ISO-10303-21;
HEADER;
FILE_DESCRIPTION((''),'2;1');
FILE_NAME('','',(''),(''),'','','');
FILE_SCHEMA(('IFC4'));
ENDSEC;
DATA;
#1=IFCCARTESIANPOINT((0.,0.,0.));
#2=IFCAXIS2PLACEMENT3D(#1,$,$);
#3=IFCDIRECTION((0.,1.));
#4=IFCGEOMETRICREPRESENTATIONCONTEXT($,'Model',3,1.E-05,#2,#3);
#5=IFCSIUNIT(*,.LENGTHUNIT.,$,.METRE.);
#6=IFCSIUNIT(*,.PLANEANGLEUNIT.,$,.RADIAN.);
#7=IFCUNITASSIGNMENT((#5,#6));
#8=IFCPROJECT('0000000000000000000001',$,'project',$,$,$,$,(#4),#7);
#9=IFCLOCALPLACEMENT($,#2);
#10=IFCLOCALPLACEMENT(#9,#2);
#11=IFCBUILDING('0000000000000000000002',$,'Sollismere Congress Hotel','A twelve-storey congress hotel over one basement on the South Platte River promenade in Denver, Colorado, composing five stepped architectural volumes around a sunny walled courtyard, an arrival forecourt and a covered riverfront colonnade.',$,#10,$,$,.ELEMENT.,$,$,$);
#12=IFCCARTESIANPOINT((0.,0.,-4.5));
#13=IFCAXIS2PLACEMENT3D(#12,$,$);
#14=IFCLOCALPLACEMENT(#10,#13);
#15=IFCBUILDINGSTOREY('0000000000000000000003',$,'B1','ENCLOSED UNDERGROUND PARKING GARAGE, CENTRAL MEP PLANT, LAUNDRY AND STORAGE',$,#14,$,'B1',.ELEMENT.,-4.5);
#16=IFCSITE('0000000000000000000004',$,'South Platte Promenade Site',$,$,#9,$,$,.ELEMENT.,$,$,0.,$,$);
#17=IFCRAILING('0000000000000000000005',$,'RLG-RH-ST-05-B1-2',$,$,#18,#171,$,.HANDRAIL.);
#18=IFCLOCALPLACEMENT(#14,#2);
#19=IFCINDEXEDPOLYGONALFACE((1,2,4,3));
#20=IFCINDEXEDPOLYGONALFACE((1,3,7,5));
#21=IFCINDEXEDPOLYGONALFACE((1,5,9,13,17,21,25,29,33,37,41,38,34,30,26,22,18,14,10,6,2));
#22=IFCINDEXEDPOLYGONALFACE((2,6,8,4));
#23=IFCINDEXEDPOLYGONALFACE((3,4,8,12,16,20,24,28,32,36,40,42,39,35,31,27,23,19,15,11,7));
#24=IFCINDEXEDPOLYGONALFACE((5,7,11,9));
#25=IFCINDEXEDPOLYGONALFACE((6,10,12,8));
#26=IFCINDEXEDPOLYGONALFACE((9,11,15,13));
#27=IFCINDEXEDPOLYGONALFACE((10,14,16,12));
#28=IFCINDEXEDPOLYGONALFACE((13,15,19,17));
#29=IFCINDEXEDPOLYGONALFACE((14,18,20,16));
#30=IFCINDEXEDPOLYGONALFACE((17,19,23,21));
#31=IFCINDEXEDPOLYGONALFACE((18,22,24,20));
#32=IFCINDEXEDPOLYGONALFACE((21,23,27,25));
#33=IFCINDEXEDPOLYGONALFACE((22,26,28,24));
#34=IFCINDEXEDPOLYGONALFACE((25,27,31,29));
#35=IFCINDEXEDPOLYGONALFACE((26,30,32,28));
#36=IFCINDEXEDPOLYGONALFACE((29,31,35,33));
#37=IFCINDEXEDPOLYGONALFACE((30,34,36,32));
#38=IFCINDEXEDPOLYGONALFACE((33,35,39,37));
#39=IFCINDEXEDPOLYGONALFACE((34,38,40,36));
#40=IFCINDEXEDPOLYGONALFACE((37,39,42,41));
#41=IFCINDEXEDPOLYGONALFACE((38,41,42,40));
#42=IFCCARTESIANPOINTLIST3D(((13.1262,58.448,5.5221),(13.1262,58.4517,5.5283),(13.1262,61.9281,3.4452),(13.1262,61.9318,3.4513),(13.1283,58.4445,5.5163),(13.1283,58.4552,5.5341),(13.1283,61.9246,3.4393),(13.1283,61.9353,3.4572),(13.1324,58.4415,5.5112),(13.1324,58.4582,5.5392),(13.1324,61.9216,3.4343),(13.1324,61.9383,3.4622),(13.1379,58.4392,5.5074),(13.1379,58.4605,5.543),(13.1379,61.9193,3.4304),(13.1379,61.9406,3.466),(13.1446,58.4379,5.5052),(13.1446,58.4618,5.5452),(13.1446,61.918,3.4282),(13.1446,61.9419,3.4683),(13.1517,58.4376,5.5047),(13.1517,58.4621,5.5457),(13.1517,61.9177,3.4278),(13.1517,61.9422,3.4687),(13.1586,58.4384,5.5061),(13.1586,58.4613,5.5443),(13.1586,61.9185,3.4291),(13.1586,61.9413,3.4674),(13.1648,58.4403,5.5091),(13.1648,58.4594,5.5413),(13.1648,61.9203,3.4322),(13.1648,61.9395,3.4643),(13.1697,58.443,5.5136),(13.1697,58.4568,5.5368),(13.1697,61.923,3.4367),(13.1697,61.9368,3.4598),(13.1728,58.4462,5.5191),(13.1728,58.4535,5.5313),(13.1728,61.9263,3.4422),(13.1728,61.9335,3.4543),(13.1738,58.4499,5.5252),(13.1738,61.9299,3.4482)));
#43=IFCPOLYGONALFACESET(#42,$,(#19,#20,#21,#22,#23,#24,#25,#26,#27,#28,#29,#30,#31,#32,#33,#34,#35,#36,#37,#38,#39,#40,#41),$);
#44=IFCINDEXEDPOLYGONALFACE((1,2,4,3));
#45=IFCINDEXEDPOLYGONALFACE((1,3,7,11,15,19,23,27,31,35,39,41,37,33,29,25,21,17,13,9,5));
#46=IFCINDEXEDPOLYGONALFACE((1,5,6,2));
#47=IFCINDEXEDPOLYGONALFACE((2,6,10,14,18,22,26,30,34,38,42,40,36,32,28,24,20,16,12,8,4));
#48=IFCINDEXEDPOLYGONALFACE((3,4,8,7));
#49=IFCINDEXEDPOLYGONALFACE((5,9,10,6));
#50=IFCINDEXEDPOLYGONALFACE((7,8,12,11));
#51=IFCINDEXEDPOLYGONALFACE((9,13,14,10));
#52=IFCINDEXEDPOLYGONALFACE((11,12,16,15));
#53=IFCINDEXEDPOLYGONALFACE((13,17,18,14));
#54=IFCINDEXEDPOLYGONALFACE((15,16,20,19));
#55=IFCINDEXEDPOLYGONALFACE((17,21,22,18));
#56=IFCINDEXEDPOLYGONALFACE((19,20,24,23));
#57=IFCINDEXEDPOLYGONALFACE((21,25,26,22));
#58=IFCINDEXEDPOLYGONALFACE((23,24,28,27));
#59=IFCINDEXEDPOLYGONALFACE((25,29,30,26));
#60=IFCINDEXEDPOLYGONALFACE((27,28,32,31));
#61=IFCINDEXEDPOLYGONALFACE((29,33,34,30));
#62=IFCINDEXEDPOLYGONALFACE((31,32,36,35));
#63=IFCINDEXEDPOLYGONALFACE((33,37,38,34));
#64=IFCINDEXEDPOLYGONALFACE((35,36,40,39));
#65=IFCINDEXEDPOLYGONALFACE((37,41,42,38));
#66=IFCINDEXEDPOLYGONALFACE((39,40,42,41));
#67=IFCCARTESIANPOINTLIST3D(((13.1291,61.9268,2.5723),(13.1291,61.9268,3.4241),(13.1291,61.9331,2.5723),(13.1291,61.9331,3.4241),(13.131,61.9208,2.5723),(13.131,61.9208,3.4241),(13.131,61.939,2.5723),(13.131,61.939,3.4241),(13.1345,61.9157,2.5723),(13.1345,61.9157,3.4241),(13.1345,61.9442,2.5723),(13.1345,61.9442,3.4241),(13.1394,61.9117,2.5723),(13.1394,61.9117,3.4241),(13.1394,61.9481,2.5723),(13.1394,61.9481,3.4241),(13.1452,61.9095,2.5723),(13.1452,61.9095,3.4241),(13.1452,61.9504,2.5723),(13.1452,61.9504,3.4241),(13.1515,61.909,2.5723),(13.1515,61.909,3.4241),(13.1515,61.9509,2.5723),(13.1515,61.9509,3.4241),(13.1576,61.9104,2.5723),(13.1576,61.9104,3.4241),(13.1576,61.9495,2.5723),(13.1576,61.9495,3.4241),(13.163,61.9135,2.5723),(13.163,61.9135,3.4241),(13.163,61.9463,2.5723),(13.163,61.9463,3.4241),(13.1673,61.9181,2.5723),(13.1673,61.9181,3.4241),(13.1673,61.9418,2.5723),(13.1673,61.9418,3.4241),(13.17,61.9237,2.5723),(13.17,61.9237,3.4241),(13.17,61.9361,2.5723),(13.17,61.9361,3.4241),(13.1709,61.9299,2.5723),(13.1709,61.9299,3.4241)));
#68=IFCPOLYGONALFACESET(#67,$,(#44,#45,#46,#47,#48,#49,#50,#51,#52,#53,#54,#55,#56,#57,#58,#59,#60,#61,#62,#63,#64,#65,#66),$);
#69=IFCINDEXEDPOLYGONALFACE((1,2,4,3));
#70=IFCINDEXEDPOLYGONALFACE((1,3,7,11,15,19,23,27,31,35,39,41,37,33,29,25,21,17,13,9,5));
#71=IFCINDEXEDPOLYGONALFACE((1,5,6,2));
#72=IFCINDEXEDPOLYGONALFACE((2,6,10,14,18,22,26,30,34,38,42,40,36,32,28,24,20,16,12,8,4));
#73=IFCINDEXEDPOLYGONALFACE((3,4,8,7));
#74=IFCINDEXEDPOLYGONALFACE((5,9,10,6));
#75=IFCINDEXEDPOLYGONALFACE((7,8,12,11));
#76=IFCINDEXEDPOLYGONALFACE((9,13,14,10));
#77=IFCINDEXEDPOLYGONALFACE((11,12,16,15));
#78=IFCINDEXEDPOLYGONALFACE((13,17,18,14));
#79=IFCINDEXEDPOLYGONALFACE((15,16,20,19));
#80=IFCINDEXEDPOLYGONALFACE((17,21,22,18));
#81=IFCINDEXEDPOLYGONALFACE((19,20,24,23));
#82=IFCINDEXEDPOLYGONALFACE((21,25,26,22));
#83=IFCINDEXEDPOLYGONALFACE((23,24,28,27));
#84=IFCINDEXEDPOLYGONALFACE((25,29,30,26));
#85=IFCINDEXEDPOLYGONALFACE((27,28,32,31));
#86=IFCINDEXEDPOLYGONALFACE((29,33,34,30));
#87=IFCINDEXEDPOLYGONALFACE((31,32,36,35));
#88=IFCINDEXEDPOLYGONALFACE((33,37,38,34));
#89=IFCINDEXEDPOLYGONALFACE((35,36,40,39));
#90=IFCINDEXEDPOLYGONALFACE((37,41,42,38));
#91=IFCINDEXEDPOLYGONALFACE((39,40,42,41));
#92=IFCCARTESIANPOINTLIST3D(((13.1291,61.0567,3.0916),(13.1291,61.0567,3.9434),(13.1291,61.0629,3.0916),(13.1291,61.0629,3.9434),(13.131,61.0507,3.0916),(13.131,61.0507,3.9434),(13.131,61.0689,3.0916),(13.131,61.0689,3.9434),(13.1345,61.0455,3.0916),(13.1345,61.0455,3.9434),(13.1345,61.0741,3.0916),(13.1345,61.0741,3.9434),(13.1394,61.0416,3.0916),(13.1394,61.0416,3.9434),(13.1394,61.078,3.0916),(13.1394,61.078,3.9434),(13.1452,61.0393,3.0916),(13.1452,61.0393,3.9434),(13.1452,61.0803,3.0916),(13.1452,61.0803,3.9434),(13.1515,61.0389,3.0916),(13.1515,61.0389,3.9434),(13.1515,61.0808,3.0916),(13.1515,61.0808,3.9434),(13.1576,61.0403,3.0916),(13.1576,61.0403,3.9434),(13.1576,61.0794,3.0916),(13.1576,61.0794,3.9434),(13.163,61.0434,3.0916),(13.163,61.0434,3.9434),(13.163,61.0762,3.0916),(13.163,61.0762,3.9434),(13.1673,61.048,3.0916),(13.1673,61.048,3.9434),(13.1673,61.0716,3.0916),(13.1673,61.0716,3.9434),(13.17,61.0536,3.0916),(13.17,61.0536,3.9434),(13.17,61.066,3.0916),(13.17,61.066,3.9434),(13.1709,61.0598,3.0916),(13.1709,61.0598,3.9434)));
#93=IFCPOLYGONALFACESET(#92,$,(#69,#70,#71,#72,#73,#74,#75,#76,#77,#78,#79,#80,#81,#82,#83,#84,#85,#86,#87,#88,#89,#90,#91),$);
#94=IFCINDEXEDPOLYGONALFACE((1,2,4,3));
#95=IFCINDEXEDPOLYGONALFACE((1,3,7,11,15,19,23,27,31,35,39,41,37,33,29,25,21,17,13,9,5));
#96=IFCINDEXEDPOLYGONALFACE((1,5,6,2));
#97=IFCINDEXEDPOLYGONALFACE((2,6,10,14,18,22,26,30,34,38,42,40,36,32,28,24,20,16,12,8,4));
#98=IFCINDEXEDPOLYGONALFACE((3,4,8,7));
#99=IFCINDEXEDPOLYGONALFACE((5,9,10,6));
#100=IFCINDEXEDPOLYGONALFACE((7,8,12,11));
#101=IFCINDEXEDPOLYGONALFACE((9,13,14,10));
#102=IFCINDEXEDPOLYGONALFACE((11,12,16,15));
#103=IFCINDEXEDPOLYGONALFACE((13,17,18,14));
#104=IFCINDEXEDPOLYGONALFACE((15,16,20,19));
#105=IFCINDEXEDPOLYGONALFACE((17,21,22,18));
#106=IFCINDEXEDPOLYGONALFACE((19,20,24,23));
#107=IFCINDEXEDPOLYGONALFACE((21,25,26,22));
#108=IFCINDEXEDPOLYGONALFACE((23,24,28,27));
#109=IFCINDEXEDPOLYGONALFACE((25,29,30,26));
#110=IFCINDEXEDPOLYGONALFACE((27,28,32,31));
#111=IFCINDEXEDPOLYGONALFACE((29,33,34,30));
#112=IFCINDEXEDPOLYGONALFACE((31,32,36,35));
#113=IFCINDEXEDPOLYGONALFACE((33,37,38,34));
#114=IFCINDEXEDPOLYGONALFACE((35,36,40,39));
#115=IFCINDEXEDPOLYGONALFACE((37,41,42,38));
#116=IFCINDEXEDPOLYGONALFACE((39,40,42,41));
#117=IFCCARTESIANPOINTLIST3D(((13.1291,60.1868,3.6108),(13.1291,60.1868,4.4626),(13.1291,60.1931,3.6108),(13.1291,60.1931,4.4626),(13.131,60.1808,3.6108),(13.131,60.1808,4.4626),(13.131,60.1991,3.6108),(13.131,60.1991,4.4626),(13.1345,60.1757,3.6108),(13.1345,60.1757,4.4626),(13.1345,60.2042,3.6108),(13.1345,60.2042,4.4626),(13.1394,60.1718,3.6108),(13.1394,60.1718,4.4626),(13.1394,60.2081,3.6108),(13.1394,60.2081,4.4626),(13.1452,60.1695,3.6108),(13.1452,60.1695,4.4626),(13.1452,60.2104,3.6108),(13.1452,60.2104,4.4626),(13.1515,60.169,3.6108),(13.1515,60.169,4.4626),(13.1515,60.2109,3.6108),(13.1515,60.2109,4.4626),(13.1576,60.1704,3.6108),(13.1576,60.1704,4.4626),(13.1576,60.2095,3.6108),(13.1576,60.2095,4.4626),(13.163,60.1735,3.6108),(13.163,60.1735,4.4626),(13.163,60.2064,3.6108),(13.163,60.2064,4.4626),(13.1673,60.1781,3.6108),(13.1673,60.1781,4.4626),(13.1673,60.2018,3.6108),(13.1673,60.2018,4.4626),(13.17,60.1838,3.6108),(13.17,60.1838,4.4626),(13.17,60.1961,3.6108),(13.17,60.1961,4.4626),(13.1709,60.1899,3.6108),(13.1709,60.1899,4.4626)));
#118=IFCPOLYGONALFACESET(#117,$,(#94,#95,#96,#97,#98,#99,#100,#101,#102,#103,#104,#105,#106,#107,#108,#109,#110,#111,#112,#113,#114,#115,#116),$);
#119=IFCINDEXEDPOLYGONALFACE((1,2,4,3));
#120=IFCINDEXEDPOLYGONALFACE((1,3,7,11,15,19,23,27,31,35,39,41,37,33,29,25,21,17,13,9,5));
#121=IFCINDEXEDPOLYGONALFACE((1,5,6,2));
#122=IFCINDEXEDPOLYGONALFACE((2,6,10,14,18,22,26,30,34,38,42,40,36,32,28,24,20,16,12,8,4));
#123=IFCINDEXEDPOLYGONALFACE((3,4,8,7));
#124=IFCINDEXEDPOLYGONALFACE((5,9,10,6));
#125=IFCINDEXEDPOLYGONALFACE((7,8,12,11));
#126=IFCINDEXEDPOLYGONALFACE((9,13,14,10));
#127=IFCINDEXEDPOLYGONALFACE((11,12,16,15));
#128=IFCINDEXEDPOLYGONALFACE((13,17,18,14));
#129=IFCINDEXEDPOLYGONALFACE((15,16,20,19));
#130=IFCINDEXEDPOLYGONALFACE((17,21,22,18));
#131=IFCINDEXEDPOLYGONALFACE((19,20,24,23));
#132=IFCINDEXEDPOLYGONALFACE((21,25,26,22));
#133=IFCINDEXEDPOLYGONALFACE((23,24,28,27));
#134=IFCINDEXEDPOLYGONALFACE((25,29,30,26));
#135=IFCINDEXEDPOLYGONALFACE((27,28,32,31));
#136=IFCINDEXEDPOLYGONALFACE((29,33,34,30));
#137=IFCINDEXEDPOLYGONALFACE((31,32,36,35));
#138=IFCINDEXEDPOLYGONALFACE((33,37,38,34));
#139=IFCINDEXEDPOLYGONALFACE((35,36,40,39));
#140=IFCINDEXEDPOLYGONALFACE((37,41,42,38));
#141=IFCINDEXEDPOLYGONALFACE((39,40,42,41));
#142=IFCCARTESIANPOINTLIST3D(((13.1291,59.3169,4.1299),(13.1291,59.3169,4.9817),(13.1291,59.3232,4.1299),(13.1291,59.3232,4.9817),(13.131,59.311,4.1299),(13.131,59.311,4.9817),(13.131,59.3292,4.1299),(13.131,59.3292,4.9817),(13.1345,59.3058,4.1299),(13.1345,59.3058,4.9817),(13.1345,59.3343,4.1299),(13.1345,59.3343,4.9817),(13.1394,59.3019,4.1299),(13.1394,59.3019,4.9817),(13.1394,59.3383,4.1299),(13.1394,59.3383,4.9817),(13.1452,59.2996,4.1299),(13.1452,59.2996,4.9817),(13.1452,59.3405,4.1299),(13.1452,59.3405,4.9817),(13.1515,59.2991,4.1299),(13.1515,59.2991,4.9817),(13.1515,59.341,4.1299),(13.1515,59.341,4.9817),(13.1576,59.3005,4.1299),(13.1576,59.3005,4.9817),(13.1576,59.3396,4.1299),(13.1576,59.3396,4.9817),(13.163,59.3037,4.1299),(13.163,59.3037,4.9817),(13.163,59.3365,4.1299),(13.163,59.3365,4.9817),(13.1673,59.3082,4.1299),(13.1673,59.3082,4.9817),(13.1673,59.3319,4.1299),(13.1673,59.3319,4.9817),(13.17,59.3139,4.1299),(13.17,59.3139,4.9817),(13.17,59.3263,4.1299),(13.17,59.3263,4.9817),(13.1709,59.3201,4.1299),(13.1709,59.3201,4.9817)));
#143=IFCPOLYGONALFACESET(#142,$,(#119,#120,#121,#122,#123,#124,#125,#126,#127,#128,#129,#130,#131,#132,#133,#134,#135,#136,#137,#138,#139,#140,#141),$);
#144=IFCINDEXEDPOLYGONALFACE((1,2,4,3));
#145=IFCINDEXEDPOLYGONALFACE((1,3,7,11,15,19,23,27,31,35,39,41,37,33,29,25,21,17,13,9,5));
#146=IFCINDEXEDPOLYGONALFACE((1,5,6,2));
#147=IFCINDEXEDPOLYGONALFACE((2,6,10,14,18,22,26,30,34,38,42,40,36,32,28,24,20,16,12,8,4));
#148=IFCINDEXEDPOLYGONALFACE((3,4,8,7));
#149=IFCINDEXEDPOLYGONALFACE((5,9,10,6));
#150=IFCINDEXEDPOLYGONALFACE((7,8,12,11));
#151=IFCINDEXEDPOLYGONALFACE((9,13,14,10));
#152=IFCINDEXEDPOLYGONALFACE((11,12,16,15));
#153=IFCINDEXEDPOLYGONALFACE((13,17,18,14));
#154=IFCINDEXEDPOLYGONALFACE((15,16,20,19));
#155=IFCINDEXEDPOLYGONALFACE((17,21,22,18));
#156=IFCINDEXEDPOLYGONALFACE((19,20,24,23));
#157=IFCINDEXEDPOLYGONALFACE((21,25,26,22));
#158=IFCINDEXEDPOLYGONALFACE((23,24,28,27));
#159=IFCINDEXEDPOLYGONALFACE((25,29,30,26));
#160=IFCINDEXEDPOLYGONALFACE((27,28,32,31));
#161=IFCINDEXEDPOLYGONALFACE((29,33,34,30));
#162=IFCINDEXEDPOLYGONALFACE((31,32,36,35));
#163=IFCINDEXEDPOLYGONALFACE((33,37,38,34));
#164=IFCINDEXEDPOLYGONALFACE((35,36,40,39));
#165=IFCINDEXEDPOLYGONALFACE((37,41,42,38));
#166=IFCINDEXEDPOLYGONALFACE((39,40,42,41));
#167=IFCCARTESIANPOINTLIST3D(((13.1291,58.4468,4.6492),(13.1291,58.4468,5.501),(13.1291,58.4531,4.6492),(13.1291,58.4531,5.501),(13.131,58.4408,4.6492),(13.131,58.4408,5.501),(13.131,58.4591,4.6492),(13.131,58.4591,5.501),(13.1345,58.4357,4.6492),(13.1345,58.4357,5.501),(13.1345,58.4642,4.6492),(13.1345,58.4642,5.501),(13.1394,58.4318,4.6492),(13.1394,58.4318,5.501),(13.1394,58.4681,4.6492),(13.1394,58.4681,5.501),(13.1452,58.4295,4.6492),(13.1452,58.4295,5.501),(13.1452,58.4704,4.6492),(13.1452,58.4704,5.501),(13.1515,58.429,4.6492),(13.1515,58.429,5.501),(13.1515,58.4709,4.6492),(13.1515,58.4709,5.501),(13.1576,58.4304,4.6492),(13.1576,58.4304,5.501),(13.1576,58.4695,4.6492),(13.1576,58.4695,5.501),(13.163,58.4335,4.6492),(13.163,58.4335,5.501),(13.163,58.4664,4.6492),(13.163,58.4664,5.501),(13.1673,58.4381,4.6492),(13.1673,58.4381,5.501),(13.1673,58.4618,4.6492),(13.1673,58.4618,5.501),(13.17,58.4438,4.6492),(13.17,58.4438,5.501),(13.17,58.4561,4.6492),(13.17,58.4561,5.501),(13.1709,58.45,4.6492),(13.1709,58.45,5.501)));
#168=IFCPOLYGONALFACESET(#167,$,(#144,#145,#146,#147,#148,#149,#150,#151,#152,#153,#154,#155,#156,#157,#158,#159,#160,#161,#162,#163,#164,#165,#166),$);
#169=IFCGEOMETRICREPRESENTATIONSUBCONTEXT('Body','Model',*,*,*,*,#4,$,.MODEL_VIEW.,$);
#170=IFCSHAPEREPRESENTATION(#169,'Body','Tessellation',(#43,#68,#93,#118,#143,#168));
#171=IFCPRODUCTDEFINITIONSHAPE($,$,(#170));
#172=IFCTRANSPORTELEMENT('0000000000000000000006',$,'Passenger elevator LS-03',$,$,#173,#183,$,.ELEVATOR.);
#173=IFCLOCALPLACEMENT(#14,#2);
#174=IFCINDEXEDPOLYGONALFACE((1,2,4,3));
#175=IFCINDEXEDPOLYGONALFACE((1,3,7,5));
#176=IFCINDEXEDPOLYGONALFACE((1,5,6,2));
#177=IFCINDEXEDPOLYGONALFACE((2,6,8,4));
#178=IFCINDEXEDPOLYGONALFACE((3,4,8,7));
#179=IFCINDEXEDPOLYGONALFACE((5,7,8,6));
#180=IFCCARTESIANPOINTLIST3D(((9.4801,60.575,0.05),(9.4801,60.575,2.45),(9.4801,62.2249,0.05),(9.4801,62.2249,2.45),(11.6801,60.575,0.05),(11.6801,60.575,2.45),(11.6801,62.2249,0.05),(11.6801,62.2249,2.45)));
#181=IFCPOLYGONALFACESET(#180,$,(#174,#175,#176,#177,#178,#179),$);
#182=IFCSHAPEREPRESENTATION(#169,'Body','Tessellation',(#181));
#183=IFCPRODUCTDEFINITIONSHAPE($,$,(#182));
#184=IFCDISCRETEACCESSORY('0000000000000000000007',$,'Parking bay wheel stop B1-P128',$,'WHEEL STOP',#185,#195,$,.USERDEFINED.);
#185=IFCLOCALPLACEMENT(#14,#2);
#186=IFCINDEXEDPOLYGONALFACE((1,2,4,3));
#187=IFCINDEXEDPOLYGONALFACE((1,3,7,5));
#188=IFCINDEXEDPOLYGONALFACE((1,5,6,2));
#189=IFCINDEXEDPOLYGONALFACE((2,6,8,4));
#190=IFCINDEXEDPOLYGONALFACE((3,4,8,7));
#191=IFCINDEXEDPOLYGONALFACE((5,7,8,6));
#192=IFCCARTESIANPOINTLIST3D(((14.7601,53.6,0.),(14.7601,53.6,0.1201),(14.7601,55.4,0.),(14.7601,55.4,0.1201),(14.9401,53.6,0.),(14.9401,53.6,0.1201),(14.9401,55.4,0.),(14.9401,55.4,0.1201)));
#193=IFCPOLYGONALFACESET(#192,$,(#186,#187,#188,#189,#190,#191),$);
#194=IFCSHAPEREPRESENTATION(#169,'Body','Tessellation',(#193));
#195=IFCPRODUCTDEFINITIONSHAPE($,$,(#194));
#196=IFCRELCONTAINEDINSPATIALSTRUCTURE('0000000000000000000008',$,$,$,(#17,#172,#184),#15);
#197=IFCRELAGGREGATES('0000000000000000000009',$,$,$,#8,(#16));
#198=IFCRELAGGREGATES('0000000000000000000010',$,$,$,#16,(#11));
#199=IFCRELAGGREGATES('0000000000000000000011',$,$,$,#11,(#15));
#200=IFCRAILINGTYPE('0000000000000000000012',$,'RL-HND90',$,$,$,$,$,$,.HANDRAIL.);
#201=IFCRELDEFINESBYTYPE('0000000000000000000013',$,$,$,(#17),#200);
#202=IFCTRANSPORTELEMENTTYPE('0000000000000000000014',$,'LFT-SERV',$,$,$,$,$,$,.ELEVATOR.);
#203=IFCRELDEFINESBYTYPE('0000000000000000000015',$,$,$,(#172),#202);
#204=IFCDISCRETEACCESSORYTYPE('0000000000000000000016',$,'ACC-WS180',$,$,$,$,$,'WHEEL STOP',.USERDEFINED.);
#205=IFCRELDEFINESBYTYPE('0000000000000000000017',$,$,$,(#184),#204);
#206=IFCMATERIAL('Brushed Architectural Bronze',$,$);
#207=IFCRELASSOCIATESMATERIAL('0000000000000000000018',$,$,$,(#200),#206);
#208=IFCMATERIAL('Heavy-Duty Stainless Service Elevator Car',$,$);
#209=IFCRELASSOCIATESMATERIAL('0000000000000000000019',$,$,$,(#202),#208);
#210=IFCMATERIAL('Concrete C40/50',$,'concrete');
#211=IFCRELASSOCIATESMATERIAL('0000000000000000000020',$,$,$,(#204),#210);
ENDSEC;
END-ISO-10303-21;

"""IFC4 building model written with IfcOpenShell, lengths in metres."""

from ifc_helpers import new_model, si_unit, direction, frame, origin, origin_2d, place, context, subcontext, project, spatial, rectangle, circle, extrude, material, type_object, element, save


model = new_model("IFC4")

# Units and contexts
model_context = context("Model", 3, precision=1e-05, world=origin(), true_north=direction((0.0, 1.0)))
body_context = subcontext(model_context, "Body", "Model", "MODEL_VIEW")
ifc_project = project(units=[si_unit("LENGTHUNIT", "METRE"), si_unit("PLANEANGLEUNIT", "RADIAN")], contexts=[model_context])

# Site, building, storey
site_placement = place(None, origin())
site = spatial("IfcSite", under=ifc_project, at=site_placement, Name="South Platte Promenade Site", CompositionType="ELEMENT", RefElevation=0.0)
building_placement = place(site_placement, origin())
building = spatial("IfcBuilding", under=site, at=building_placement, Name="Sollismere Congress Hotel", Description="A twelve-storey congress hotel over one basement on the South Platte River promenade in Denver, Colorado, composing five stepped architectural volumes around a sunny walled courtyard, an arrival forecourt and a covered riverfront colonnade.", CompositionType="ELEMENT")
storey_placement = place(building_placement, frame((0.0, 0.0, -4.5)))
storey = spatial("IfcBuildingStorey", under=building, at=storey_placement, Name="B1", Description="ENCLOSED UNDERGROUND PARKING GARAGE, CENTRAL MEP PLANT, LAUNDRY AND STORAGE", LongName="B1", CompositionType="ELEMENT", Elevation=-4.5)

# Shared definitions
ifc_material_1 = material(Name="Concrete C40/50", Category="concrete")

# Railing
ifc_material_2 = material(Name="Brushed Architectural Bronze")
railing_type_1 = type_object("IfcRailingType", Name="RL-HND90", PredefinedType="HANDRAIL", material=ifc_material_2)
railing_1_placement = place(storey_placement, frame((13.1499, 61.9299, 2.5723)))
element("IfcRailing", 1, at=railing_1_placement, inside=storey, type_object=railing_type_1, Name="RLG-RH-ST-05-B1-2", PredefinedType="HANDRAIL", context=body_context, shape_type="SweptSolid", body=[
    extrude(circle(Radius=0.0239, at=origin_2d()), frame((0.0, 0.0, 0.876), z_axis=(0.0, -0.858697, 0.512483), x_axis=(1.0, 0.0, 0.0)), (0.0, 0.0, 1.0), 4.0527),
    extrude(circle(Radius=0.021, at=origin_2d()), origin(), (0.0, 0.0, 1.0), 0.8518),
    extrude(circle(Radius=0.021, at=origin_2d()), frame((0.0, -0.8701, 0.5193)), (0.0, 0.0, 1.0), 0.8518),
    extrude(circle(Radius=0.021, at=origin_2d()), frame((0.0, -1.74, 1.0386)), (0.0, 0.0, 1.0), 0.8518),
    extrude(circle(Radius=0.021, at=origin_2d()), frame((0.0, -2.6099, 1.5576)), (0.0, 0.0, 1.0), 0.8518),
    extrude(circle(Radius=0.021, at=origin_2d()), frame((0.0, -3.48, 2.0769)), (0.0, 0.0, 1.0), 0.8518),
])

# Transport element
ifc_material_3 = material(Name="Heavy-Duty Stainless Service Elevator Car")
transport_element_type = type_object("IfcTransportElementType", Name="LFT-SERV", PredefinedType="ELEVATOR", material=ifc_material_3)
transport_element_placement = place(storey_placement, frame((10.5801, 61.3999, 0.05), z_axis=(0.0, 0.0, 1.0), x_axis=(1.0, 0.0, 0.0)))
element("IfcTransportElement", 2, at=transport_element_placement, inside=storey, type_object=transport_element_type, Name="Passenger elevator LS-03", PredefinedType="ELEVATOR", context=body_context, shape_type="SweptSolid", body=[
    extrude(rectangle(XDim=2.2, YDim=1.6499, at=origin_2d()), origin(), (0.0, 0.0, 1.0), 2.3999),
])

# Discrete accessory
discrete_accessory_type = type_object("IfcDiscreteAccessoryType", Name="ACC-WS180", ElementType="WHEEL STOP", PredefinedType="USERDEFINED", material=ifc_material_1)
discrete_accessory_placement = place(storey_placement, frame((14.8501, 54.5, 0.0), z_axis=(0.0, 0.0, 1.0), x_axis=(1.0, 0.0, 0.0)))
element("IfcDiscreteAccessory", 3, at=discrete_accessory_placement, inside=storey, type_object=discrete_accessory_type, Name="Parking bay wheel stop B1-P128", ObjectType="WHEEL STOP", PredefinedType="USERDEFINED", context=body_context, shape_type="SweptSolid", body=[
    extrude(rectangle(XDim=0.1799, YDim=1.8, at=origin_2d()), origin(), (0.0, 0.0, 1.0), 0.1201),
])

save(model, "model.ifc")
